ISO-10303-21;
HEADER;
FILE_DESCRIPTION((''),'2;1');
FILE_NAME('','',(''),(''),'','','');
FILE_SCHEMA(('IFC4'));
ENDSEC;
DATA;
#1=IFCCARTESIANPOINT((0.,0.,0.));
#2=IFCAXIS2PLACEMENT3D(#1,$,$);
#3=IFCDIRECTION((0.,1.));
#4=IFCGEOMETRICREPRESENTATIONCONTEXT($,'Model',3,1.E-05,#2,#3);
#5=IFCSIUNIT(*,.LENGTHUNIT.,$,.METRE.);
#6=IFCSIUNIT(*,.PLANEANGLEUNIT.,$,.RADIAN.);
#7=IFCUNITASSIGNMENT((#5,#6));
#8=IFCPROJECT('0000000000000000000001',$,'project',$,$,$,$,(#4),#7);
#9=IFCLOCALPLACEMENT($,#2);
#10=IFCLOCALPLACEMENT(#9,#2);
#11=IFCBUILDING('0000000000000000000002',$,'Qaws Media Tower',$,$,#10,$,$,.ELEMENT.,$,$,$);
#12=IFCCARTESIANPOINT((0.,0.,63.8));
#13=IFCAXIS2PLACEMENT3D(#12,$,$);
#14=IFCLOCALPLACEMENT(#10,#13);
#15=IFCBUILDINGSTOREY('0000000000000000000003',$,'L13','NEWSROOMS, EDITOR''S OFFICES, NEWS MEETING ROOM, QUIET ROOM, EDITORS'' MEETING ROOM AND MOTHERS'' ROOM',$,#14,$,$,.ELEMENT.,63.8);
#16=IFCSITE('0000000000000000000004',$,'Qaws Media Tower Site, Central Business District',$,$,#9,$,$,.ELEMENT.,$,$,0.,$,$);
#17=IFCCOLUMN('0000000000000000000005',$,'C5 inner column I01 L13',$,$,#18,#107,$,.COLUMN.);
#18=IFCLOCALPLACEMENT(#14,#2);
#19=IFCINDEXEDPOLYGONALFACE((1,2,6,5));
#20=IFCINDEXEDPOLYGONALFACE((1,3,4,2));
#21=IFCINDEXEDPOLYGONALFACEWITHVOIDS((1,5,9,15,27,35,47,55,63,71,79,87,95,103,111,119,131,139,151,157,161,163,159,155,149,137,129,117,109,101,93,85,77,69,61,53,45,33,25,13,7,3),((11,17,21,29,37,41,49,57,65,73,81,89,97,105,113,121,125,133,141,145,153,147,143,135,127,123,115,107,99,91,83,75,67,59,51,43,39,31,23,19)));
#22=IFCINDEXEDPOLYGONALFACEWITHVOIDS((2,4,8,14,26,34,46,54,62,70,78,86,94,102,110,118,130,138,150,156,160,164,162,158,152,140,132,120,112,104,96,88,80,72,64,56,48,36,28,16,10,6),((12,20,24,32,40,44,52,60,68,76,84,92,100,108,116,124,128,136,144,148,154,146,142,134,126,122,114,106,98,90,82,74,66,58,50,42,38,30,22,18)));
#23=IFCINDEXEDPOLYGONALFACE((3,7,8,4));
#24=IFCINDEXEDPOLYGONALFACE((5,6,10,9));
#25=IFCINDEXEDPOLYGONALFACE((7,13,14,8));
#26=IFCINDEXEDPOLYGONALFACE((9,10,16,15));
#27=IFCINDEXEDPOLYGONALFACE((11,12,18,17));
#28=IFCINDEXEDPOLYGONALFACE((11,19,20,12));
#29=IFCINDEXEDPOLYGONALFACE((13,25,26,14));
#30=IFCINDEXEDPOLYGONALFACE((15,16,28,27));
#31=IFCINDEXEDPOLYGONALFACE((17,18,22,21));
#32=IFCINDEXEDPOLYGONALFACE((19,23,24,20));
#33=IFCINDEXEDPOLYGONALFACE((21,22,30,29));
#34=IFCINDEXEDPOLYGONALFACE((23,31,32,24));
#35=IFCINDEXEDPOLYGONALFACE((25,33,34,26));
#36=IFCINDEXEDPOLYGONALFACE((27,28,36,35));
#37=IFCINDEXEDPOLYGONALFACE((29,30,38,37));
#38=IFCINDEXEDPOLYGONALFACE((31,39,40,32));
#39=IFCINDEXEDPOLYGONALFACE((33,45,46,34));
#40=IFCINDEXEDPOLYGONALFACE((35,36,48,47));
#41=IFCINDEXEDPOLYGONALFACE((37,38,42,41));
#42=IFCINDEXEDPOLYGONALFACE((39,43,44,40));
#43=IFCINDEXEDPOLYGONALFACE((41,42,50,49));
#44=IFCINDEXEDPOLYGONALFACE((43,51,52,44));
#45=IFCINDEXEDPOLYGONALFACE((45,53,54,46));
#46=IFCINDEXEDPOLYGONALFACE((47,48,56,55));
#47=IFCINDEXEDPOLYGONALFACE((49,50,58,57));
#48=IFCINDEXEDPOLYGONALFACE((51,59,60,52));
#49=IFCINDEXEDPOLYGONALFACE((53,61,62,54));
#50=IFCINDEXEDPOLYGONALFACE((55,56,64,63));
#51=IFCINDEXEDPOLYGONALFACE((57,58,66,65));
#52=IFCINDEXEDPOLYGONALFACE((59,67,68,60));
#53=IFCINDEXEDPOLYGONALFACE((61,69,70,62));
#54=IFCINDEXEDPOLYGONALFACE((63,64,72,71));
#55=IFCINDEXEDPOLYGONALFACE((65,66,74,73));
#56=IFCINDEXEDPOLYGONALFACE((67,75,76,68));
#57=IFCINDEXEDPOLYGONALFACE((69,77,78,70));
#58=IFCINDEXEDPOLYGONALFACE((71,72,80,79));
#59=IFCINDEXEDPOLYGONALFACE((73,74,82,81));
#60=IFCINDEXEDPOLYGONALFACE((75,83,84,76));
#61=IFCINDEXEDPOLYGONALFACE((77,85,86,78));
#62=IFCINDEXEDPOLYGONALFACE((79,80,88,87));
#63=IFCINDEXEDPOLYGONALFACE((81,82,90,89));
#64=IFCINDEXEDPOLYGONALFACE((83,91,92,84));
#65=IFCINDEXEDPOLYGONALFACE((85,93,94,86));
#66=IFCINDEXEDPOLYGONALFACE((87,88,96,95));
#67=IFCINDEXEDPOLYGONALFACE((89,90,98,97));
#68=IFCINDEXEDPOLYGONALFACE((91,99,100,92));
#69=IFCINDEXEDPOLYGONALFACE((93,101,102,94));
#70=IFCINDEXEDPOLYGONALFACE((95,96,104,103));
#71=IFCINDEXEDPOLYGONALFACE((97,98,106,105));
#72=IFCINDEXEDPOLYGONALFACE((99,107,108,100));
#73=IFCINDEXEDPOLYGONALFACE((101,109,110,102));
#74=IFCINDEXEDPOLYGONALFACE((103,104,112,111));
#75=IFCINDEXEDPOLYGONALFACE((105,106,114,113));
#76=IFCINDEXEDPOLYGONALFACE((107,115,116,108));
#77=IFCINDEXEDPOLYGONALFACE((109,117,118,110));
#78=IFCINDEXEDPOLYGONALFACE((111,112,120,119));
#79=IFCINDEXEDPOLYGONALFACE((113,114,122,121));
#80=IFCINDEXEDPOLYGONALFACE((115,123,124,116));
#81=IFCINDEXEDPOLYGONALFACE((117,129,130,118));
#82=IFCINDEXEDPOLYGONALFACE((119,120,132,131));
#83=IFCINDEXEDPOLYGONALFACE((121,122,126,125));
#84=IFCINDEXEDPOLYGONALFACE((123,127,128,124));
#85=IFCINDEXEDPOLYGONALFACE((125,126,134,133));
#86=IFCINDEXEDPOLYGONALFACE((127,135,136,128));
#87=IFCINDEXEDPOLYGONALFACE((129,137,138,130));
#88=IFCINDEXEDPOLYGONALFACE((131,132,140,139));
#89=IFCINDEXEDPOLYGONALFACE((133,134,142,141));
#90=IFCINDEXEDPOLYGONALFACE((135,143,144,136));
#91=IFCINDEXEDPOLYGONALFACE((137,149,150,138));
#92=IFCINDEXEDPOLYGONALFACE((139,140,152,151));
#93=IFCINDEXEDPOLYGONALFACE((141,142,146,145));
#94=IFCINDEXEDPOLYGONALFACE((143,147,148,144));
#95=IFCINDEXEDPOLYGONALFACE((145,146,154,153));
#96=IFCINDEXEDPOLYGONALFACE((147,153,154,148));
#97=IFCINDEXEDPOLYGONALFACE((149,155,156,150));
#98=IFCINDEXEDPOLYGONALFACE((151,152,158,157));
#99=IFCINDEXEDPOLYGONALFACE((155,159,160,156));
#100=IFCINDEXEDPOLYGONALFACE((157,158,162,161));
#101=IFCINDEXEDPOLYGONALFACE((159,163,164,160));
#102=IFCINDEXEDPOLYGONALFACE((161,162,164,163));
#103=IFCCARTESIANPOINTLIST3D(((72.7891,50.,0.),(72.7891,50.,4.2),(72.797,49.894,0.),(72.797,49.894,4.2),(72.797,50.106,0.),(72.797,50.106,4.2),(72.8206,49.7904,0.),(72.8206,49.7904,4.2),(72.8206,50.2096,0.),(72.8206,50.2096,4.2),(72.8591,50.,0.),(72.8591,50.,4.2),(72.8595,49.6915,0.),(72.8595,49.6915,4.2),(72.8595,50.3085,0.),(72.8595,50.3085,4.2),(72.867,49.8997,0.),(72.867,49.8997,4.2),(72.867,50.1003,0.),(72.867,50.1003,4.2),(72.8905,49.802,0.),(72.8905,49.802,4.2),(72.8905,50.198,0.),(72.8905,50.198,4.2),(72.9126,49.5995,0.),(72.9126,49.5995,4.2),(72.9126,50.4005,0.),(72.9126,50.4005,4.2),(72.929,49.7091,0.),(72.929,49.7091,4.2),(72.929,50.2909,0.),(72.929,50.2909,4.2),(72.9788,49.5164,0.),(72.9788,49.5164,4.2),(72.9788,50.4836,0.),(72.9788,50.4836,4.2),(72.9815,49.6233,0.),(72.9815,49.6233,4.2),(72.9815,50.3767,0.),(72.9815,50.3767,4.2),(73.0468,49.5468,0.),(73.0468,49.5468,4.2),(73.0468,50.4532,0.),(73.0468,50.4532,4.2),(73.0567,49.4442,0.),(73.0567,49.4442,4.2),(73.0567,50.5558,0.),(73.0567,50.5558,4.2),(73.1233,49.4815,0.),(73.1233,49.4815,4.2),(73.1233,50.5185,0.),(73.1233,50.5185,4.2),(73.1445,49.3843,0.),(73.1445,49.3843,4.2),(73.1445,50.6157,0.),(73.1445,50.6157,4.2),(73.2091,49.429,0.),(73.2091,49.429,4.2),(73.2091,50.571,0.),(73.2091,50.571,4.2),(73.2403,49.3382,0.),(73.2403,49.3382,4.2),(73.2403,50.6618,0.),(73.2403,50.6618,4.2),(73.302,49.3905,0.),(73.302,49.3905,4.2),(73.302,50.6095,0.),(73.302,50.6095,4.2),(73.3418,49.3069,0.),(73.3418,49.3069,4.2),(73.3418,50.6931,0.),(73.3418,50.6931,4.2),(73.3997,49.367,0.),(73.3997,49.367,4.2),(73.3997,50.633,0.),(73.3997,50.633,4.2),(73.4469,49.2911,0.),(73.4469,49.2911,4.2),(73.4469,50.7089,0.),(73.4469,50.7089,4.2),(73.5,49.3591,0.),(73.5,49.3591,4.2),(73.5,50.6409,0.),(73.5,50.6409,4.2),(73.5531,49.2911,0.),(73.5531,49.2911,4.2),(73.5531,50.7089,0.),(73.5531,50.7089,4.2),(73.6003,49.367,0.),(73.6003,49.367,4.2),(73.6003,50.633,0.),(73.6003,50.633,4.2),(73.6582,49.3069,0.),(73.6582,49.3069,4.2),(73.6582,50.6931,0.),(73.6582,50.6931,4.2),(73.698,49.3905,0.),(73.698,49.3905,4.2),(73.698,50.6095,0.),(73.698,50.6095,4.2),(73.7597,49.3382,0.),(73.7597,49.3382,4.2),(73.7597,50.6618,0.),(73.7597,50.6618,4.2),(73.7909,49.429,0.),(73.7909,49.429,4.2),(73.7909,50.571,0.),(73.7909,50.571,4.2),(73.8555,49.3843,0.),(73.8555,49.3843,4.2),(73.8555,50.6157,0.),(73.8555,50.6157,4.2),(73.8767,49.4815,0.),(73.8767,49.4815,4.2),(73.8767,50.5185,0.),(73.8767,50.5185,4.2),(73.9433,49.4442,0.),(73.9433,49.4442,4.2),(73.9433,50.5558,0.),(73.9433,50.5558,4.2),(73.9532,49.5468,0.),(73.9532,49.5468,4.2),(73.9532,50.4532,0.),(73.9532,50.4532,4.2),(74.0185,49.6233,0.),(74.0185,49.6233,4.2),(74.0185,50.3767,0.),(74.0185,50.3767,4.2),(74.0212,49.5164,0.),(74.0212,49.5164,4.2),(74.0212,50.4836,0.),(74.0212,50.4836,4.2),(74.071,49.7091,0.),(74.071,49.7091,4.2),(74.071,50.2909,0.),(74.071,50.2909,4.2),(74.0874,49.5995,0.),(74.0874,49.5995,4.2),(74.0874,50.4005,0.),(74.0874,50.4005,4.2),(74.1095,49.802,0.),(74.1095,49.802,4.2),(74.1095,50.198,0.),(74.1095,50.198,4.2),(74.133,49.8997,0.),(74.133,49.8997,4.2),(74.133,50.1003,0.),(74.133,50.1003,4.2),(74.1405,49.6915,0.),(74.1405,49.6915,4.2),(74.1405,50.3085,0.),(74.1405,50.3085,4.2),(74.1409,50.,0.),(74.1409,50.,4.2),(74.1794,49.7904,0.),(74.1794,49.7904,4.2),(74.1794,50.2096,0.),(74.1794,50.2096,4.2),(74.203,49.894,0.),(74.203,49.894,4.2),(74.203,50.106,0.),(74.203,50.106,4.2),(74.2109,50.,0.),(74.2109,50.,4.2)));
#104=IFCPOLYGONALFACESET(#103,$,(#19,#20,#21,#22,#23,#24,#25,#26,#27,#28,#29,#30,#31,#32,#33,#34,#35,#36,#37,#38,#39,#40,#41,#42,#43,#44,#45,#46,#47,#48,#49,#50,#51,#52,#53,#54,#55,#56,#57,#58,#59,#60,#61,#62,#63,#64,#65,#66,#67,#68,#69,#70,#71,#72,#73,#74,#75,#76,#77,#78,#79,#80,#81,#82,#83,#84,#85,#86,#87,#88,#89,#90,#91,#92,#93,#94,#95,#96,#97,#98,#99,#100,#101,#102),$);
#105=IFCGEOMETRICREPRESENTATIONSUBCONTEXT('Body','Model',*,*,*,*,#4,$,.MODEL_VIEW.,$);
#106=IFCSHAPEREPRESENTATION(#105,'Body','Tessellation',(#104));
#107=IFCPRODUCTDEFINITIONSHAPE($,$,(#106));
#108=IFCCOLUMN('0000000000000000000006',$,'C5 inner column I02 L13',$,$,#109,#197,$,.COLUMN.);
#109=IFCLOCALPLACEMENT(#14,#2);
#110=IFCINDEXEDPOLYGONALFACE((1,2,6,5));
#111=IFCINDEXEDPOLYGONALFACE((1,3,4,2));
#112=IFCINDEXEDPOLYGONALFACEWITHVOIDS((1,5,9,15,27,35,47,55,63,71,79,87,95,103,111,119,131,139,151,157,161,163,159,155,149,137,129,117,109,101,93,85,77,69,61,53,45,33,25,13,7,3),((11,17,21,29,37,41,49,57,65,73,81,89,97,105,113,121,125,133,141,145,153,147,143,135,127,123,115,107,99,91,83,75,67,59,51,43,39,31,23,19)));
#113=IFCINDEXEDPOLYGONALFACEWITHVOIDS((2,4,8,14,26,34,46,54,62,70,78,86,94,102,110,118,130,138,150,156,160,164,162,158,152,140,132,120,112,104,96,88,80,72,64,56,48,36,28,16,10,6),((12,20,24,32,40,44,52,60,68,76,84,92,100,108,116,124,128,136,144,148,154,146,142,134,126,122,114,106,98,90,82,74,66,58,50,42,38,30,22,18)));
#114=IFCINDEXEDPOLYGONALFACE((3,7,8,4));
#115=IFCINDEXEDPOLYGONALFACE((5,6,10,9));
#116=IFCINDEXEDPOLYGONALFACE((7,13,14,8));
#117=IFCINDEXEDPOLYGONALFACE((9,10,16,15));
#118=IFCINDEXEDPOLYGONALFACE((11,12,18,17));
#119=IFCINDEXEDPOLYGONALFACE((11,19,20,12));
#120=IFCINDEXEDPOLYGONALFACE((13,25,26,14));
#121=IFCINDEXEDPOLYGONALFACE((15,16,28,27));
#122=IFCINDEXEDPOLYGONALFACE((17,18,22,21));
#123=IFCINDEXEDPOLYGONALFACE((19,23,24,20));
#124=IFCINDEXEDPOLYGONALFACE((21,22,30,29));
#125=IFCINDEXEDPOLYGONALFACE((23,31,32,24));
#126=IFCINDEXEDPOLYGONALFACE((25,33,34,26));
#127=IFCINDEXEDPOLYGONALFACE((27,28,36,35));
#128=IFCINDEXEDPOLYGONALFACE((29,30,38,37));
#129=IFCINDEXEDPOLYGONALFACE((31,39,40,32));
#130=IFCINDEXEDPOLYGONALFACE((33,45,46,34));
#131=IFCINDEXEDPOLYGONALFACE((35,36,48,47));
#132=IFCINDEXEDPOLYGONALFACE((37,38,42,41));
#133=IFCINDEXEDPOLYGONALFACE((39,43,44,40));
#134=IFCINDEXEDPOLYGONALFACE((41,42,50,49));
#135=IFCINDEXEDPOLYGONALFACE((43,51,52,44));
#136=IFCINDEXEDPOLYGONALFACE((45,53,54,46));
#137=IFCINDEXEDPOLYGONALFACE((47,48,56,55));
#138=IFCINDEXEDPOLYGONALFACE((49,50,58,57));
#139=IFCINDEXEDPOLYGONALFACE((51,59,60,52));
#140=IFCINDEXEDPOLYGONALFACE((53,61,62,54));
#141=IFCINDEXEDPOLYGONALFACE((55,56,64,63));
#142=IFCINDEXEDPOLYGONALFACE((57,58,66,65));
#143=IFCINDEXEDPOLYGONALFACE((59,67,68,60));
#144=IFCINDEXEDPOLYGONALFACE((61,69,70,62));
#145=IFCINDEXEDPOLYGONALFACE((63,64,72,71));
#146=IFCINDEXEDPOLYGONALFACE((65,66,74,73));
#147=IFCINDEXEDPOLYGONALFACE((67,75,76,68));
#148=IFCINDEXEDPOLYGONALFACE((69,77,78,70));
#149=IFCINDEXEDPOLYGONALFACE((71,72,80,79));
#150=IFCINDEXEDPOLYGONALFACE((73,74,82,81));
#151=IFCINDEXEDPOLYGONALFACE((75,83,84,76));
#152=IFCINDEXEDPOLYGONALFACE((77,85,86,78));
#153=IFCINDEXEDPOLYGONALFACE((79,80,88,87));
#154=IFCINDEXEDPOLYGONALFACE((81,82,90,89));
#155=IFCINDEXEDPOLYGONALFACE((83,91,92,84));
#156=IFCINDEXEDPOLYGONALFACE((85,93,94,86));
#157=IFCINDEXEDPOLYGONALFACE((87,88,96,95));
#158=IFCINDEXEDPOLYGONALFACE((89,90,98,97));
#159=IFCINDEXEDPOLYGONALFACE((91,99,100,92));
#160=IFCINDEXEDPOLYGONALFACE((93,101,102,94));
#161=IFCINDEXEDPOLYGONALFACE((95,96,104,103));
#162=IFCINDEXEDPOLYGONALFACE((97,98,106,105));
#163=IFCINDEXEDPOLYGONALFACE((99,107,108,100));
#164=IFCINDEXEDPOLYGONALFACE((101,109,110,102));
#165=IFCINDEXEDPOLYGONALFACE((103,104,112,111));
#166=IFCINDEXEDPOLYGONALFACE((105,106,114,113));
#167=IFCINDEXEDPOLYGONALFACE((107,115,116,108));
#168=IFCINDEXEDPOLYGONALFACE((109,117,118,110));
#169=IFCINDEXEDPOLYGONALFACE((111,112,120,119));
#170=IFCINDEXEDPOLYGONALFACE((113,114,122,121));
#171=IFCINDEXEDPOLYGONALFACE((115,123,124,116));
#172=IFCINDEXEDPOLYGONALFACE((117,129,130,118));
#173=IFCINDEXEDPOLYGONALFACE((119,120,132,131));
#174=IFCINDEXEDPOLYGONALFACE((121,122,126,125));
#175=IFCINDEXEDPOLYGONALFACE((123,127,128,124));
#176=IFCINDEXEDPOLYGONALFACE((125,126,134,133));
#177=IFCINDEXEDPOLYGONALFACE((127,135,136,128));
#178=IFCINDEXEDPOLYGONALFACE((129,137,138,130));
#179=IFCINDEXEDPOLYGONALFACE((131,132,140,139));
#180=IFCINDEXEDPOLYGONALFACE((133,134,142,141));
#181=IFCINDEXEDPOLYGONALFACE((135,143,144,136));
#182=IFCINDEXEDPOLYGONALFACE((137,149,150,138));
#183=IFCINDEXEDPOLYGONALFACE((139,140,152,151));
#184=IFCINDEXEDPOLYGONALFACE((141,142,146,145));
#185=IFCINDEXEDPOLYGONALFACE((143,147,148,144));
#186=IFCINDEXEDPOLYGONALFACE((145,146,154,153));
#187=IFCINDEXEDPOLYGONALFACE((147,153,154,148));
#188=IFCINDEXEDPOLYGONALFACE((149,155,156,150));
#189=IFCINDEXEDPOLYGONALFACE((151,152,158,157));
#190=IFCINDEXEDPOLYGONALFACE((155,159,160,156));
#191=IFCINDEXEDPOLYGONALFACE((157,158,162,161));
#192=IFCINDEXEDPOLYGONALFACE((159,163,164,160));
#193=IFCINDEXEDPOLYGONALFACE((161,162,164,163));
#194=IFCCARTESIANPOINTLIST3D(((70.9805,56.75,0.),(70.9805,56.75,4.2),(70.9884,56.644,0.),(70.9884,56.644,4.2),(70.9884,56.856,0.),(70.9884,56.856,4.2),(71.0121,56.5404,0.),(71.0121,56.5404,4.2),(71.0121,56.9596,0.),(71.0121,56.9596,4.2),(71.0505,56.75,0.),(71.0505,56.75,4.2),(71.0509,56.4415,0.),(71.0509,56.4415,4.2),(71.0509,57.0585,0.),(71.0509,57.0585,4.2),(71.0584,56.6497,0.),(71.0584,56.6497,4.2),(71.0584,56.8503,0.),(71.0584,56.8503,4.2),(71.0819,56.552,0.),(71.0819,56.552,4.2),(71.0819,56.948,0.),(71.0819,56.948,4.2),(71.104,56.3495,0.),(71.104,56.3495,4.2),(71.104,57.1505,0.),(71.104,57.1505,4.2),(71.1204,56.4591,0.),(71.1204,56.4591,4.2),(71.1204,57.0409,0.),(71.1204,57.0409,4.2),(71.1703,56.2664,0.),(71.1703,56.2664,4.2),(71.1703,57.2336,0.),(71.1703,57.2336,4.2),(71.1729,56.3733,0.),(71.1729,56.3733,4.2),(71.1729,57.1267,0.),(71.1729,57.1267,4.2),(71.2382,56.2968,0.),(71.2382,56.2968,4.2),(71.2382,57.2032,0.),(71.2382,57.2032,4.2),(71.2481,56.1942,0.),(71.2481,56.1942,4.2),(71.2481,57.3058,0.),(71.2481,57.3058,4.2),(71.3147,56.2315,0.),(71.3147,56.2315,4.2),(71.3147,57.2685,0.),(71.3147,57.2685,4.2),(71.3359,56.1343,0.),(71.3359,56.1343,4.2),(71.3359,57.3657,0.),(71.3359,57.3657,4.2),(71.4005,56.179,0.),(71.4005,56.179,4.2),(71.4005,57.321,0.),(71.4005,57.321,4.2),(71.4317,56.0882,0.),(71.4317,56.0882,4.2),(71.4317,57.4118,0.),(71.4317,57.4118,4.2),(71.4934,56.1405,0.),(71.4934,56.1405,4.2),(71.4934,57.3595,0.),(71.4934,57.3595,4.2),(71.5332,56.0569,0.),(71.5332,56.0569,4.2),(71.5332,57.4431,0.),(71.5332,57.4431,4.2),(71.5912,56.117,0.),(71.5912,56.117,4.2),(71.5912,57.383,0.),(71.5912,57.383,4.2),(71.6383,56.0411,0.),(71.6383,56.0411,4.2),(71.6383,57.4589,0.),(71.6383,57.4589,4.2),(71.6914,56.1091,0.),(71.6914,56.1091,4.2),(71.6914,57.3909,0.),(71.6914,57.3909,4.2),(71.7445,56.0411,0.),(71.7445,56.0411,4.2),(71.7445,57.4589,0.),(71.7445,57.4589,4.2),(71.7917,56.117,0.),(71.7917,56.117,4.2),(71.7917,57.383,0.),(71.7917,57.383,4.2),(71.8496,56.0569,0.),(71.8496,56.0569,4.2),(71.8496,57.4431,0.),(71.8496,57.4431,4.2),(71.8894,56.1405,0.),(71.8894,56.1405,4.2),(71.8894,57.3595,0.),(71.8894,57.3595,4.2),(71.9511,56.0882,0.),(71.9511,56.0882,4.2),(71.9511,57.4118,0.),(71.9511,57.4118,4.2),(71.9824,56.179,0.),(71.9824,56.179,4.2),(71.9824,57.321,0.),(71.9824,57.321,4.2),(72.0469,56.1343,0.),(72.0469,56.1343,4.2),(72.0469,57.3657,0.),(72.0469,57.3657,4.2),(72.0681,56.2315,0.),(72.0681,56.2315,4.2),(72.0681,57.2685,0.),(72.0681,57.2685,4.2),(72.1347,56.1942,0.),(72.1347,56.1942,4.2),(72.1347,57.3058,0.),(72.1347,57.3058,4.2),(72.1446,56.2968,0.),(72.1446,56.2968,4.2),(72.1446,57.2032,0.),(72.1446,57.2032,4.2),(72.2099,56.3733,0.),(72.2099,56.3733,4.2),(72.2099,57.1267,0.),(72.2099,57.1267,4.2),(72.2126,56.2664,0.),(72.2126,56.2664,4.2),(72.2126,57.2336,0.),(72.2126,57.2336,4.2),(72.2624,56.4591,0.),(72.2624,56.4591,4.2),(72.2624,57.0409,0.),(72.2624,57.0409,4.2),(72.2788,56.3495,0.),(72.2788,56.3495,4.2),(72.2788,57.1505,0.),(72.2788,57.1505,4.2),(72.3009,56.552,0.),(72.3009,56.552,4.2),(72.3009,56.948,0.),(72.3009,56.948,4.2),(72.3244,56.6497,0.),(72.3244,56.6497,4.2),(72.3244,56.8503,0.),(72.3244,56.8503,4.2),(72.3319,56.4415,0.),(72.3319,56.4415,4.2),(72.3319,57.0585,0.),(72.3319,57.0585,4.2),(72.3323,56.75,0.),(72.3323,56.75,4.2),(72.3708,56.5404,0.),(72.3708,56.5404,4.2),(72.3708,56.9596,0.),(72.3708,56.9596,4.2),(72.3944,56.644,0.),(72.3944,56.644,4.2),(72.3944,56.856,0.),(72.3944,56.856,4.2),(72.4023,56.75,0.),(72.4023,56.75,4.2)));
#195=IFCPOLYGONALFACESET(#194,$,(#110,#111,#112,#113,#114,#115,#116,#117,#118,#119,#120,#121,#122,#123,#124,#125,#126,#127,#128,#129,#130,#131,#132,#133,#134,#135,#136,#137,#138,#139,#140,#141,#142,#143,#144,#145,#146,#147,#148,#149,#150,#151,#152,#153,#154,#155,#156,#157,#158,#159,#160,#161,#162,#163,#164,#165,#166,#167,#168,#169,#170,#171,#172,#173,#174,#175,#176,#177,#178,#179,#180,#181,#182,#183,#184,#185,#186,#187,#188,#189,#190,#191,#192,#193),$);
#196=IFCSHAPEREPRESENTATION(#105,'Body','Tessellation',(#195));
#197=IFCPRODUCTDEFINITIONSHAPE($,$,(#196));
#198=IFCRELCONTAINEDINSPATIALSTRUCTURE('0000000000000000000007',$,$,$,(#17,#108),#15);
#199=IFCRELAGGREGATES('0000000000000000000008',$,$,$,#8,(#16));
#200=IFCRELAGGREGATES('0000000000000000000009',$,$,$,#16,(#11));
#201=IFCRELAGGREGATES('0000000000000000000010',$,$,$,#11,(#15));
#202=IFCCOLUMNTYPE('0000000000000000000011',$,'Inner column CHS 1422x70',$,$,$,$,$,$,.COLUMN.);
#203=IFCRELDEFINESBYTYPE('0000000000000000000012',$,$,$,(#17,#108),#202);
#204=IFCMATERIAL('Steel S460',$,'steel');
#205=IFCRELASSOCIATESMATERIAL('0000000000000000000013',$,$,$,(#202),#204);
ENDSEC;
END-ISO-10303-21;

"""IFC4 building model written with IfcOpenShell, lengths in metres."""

from ifc_helpers import new_model, si_unit, direction, frame, origin, origin_2d, place, context, subcontext, project, spatial, hollow_circle, extrude, material, material_profile, profile_set, type_object, element, save


model = new_model("IFC4")

# Units and contexts
model_context = context("Model", 3, precision=1e-05, world=origin(), true_north=direction((0.0, 1.0)))
body_context = subcontext(model_context, "Body", "Model", "MODEL_VIEW")
ifc_project = project(units=[si_unit("LENGTHUNIT", "METRE"), si_unit("PLANEANGLEUNIT", "RADIAN")], contexts=[model_context])

# Site, building, storey
site_placement = place(None, origin())
site = spatial("IfcSite", under=ifc_project, at=site_placement, Name="Qaws Media Tower Site, Central Business District", CompositionType="ELEMENT", RefElevation=0.0)
building_placement = place(site_placement, origin())
building = spatial("IfcBuilding", under=site, at=building_placement, Name="Qaws Media Tower", CompositionType="ELEMENT")
storey_placement = place(building_placement, frame((0.0, 0.0, 63.8)))
storey = spatial("IfcBuildingStorey", under=building, at=storey_placement, Name="L13", Description="NEWSROOMS, EDITOR'S OFFICES, NEWS MEETING ROOM, QUIET ROOM, EDITORS' MEETING ROOM AND MOTHERS' ROOM", CompositionType="ELEMENT", Elevation=63.8)

# Columns
ifc_material_1 = material(Name="Steel S460", Category="steel")
ifc_material_profile_1 = material_profile(ifc_material_1, hollow_circle(Radius=0.7109, WallThickness=0.0701, at=origin_2d()), Name="CHS 1422x70")
ifc_profile_set_1 = profile_set([ifc_material_profile_1], Name="Steel S460")
column_type = type_object("IfcColumnType", Name="Inner column CHS 1422x70", PredefinedType="COLUMN", material=ifc_profile_set_1)
for number, where, z_axis, x_axis, name in (
    (1, (73.5, 50.0, 0.0), (0.0, 0.0, 1.0), (1.0, 0.0, 0.0), "C5 inner column I01 L13"),
    (2, (71.6914, 56.75, 0.0), (0.0, 0.0, 1.0), (1.0, 0.0, 0.0), "C5 inner column I02 L13"),
):
    element("IfcColumn", number, at=place(storey_placement, frame(where, z_axis=z_axis, x_axis=x_axis)), inside=storey, type_object=column_type, Name=name, PredefinedType="COLUMN", context=body_context, shape_type="SweptSolid", body=[
        extrude(hollow_circle(Radius=0.7109, WallThickness=0.0701, at=origin_2d()), origin(), (0.0, 0.0, 1.0), 4.2),
    ])

save(model, "model.ifc")
